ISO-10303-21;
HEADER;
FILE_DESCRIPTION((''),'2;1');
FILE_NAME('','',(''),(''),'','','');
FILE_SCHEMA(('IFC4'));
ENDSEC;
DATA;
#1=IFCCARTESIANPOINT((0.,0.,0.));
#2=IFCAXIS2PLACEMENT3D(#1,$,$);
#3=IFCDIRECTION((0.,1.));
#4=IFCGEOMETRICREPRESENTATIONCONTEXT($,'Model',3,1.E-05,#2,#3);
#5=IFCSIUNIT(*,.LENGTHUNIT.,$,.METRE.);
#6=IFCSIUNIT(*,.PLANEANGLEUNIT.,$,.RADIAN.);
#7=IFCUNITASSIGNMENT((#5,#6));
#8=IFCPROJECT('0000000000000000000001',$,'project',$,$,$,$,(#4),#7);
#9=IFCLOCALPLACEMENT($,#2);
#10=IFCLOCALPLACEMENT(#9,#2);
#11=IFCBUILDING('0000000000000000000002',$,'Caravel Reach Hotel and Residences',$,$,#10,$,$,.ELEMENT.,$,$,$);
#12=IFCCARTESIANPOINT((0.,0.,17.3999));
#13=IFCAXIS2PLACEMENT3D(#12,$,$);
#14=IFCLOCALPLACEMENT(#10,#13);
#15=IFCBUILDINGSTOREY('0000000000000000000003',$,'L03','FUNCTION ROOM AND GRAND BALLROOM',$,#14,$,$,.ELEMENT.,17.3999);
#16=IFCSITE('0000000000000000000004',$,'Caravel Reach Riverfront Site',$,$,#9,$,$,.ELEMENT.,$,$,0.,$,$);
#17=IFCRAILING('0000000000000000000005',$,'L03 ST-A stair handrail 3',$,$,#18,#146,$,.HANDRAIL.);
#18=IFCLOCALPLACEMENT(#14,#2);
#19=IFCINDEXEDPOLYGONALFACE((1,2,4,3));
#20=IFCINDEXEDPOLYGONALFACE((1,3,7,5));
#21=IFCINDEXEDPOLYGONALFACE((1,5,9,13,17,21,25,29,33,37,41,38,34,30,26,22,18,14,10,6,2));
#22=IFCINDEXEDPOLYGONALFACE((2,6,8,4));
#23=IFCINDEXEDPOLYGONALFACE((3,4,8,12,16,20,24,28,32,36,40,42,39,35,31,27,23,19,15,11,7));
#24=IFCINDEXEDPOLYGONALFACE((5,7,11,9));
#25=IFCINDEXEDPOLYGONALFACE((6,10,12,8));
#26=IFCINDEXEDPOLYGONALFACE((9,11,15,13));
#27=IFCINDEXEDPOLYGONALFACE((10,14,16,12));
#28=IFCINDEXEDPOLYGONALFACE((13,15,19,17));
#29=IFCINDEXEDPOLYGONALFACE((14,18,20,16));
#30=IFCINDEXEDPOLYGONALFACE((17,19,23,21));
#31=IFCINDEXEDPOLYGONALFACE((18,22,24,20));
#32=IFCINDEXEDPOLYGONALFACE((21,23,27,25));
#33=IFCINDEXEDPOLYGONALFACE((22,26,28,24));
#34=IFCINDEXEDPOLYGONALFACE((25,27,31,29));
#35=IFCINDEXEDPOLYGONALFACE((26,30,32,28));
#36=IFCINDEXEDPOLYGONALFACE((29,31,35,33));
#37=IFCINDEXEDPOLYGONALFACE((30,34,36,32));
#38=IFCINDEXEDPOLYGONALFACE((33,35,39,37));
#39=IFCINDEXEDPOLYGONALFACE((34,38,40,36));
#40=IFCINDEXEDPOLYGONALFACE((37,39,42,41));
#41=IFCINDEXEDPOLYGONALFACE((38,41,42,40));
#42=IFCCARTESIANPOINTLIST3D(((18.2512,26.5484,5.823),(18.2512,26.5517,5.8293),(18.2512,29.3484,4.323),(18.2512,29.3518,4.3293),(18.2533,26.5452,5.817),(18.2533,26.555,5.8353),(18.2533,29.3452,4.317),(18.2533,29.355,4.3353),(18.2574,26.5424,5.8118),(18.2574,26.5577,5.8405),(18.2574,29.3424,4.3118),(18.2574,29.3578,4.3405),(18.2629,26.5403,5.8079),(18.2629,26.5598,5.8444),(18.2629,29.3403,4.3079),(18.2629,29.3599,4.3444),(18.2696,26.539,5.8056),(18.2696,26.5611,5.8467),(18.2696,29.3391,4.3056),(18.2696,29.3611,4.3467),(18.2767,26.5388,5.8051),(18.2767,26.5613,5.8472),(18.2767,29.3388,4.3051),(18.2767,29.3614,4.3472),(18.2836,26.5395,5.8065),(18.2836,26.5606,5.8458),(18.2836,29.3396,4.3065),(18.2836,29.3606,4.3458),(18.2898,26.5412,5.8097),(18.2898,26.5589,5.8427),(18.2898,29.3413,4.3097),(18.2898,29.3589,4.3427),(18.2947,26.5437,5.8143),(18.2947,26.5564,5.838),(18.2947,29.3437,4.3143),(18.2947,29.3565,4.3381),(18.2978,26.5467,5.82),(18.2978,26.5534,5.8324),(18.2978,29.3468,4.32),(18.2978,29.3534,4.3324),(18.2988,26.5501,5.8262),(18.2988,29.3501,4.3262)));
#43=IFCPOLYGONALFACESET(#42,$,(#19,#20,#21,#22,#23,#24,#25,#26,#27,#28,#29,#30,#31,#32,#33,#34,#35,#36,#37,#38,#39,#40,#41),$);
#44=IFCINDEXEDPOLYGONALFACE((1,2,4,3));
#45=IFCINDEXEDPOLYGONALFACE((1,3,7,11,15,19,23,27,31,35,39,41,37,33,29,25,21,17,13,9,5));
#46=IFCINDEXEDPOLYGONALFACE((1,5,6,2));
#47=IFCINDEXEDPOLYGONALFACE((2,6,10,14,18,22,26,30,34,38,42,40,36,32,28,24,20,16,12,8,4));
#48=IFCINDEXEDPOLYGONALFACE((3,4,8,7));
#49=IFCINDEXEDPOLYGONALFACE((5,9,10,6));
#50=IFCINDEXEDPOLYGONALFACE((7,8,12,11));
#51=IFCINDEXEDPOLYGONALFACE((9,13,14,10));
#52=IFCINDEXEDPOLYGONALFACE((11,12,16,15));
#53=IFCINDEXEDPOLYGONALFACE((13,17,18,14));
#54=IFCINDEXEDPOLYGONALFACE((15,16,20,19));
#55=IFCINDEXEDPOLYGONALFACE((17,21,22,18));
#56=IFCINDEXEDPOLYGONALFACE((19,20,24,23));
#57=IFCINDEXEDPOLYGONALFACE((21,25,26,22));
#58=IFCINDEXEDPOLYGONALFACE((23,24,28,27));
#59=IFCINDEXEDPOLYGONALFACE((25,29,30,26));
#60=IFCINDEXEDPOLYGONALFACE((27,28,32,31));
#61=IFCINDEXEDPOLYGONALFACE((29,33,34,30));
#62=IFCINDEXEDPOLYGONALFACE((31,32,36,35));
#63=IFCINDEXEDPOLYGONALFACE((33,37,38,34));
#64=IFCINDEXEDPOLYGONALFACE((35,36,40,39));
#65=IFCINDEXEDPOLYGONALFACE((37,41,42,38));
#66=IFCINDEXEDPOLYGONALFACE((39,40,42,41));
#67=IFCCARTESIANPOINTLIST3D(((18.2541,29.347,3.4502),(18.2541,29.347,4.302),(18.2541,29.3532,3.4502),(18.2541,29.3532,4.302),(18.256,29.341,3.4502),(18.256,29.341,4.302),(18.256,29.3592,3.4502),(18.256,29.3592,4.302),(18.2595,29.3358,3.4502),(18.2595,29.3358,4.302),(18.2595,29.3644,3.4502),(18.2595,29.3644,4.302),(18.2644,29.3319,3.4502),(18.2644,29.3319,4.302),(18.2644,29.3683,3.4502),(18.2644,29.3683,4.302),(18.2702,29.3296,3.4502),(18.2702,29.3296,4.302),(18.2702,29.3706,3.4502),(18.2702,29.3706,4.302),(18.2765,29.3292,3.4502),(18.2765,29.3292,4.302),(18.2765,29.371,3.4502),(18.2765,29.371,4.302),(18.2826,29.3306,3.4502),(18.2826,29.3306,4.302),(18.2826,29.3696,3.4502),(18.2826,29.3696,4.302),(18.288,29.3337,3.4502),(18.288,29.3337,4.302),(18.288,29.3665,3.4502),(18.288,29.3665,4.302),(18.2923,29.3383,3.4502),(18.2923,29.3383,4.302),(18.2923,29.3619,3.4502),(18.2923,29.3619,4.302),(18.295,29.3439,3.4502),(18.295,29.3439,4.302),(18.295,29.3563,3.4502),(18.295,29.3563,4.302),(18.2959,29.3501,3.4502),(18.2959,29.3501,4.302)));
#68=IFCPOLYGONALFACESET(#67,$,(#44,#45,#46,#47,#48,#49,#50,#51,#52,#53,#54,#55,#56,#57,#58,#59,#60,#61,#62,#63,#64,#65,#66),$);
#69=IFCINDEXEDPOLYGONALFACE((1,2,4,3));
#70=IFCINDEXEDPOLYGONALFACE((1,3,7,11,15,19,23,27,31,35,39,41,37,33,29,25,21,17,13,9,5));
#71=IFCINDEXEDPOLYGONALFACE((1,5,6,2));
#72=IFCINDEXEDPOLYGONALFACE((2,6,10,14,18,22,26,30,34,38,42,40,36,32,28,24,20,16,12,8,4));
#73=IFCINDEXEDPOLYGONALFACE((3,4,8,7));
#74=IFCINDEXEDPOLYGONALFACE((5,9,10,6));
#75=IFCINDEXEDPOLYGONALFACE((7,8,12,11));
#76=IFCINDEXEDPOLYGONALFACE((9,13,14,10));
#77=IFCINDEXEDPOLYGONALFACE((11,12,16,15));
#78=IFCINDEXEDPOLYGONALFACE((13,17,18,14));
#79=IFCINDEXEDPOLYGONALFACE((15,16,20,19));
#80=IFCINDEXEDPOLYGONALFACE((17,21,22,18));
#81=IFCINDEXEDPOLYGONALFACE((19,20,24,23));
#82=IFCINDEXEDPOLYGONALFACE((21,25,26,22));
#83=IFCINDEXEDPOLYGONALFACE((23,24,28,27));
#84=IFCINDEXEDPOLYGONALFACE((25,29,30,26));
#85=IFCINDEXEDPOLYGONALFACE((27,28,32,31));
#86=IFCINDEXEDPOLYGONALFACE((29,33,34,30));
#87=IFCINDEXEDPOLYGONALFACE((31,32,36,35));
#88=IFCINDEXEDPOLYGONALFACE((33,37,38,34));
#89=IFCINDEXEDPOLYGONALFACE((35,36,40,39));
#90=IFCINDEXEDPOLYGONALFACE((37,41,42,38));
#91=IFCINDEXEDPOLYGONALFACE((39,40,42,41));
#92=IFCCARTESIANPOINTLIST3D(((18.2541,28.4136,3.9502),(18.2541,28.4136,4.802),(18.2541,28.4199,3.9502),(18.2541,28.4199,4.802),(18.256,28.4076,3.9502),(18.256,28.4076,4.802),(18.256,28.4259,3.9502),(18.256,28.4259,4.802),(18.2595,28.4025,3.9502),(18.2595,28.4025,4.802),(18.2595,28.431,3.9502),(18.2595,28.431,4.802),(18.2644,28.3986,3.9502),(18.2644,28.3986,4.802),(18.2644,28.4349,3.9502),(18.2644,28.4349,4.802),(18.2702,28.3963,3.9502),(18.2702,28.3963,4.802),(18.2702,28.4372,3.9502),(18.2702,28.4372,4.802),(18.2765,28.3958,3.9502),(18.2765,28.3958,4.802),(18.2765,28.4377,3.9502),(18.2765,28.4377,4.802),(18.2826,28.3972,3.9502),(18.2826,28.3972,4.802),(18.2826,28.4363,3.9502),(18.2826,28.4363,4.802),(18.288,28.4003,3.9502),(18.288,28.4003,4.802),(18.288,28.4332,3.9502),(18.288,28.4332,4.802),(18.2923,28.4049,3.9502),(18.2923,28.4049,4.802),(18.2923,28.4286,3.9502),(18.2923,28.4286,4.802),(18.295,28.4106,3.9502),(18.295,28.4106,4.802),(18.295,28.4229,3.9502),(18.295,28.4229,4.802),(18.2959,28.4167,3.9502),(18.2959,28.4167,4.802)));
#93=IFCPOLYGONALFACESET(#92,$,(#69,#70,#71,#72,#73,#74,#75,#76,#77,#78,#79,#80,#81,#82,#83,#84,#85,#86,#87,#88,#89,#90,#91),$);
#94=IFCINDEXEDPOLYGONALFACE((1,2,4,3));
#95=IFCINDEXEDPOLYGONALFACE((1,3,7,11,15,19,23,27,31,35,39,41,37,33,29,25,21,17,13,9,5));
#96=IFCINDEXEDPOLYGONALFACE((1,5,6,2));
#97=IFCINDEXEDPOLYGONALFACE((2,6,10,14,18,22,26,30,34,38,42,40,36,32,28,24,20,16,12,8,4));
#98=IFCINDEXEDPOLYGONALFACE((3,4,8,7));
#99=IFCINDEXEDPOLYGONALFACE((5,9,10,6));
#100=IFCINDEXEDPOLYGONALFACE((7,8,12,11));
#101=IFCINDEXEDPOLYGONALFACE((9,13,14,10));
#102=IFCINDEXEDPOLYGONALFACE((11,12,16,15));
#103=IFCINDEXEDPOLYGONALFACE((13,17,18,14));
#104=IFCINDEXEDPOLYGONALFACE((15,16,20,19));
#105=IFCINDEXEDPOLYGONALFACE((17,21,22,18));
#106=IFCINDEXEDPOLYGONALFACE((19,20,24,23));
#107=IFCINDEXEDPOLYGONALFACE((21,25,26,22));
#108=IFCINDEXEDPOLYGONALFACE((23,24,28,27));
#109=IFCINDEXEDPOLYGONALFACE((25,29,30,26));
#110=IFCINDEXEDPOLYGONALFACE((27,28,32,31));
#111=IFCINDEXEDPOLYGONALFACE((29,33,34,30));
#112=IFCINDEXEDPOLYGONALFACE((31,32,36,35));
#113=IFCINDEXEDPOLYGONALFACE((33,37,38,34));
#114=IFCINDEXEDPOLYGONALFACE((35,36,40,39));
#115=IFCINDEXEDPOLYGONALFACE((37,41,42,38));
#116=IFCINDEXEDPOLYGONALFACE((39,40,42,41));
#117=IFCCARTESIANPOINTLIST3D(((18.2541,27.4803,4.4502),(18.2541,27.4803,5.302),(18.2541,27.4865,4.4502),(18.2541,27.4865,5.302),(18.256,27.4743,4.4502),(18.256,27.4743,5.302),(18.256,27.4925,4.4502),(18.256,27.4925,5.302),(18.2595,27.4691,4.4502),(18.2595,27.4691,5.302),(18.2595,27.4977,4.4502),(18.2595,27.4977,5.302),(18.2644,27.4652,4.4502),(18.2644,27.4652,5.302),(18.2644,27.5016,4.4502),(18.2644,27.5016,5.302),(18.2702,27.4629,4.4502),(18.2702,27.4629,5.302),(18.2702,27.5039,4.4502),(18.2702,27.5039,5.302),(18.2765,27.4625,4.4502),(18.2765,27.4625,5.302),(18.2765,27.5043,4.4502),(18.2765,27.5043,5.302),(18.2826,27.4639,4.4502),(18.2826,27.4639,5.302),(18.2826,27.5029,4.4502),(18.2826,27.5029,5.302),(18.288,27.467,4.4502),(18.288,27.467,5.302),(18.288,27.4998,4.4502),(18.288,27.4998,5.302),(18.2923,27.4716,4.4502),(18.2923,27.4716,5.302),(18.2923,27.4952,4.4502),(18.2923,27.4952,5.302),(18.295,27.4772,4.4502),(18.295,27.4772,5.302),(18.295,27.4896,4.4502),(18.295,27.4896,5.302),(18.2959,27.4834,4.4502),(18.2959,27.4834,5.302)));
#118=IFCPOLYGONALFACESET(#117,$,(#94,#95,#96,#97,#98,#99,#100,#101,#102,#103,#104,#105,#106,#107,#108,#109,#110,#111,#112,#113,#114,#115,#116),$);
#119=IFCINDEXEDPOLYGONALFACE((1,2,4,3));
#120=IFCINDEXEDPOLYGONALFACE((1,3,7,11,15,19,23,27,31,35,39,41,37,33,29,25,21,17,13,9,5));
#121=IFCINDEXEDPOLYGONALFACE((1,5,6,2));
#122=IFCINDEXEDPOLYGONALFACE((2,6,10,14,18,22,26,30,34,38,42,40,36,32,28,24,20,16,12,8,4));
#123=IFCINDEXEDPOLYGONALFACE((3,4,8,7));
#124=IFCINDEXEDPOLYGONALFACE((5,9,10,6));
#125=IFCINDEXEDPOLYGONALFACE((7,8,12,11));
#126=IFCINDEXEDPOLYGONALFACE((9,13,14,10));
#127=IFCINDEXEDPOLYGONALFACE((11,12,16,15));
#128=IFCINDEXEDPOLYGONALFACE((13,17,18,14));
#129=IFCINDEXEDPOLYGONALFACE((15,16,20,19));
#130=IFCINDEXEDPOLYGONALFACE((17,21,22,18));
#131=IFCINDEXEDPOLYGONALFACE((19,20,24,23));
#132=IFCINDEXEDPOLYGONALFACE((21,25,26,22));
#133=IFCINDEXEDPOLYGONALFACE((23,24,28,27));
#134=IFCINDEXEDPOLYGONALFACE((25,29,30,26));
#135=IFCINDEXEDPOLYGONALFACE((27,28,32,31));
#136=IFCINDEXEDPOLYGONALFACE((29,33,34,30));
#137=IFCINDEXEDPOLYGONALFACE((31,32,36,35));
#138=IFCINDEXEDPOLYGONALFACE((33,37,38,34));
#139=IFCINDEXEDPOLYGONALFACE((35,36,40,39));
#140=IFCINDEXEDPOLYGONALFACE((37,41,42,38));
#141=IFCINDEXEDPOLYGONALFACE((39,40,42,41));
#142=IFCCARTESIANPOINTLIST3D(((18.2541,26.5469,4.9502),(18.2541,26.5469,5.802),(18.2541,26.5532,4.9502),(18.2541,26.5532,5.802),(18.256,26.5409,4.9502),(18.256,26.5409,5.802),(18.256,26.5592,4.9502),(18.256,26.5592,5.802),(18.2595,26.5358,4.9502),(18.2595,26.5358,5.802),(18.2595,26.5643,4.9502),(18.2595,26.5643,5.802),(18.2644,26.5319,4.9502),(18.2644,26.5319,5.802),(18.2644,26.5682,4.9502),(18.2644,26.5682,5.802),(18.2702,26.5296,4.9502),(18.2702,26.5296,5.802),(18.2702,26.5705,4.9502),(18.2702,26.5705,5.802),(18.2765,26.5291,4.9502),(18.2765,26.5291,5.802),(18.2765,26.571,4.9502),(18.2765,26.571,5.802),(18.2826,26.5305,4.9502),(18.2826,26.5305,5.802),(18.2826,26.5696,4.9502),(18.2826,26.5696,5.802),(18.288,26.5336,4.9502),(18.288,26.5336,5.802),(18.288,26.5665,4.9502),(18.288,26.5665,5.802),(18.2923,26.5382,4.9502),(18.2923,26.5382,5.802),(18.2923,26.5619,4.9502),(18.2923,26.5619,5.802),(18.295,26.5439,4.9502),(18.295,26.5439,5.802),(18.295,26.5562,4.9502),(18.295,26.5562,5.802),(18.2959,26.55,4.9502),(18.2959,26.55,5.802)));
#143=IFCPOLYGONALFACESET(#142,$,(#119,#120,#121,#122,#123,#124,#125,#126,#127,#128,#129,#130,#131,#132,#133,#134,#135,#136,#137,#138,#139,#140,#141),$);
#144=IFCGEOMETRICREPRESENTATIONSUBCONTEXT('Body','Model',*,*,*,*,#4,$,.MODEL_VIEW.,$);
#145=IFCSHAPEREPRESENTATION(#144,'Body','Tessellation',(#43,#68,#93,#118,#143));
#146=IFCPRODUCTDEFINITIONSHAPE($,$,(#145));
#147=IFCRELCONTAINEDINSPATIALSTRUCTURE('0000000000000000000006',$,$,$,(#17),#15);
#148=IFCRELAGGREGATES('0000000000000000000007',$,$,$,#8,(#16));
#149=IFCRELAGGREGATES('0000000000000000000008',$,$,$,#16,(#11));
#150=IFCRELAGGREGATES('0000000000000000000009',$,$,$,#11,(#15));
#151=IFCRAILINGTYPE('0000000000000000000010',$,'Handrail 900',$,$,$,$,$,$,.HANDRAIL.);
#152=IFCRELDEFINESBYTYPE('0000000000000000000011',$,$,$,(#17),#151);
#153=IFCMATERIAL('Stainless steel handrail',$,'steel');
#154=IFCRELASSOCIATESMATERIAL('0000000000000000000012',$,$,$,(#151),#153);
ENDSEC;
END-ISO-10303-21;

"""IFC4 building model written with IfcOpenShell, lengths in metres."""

from ifc_helpers import new_model, si_unit, direction, frame, origin, origin_2d, place, context, subcontext, project, spatial, circle, extrude, material, type_object, element, save


model = new_model("IFC4")

# Units and contexts
model_context = context("Model", 3, precision=1e-05, world=origin(), true_north=direction((0.0, 1.0)))
body_context = subcontext(model_context, "Body", "Model", "MODEL_VIEW")
ifc_project = project(units=[si_unit("LENGTHUNIT", "METRE"), si_unit("PLANEANGLEUNIT", "RADIAN")], contexts=[model_context])

# Site, building, storey
site_placement = place(None, origin())
site = spatial("IfcSite", under=ifc_project, at=site_placement, Name="Caravel Reach Riverfront Site", CompositionType="ELEMENT", RefElevation=0.0)
building_placement = place(site_placement, origin())
building = spatial("IfcBuilding", under=site, at=building_placement, Name="Caravel Reach Hotel and Residences", CompositionType="ELEMENT")
storey_placement = place(building_placement, frame((0.0, 0.0, 17.3999)))
storey = spatial("IfcBuildingStorey", under=building, at=storey_placement, Name="L03", Description="FUNCTION ROOM AND GRAND BALLROOM", CompositionType="ELEMENT", Elevation=17.3999)

# Railing
ifc_material_1 = material(Name="Stainless steel handrail", Category="steel")
railing_type_1 = type_object("IfcRailingType", Name="Handrail 900", PredefinedType="HANDRAIL", material=ifc_material_1)
railing_1_placement = place(storey_placement, frame((18.2749, 29.3501, 3.4502)))
element("IfcRailing", 1, at=railing_1_placement, inside=storey, type_object=railing_type_1, Name="L03 ST-A stair handrail 3", PredefinedType="HANDRAIL", context=body_context, shape_type="SweptSolid", body=[
    extrude(circle(Radius=0.0239, at=origin_2d()), frame((0.0, 0.0, 0.876), z_axis=(0.0, -0.881483, 0.472215), x_axis=(1.0, 0.0, 0.0)), (0.0, 0.0, 1.0), 3.1765),
    extrude(circle(Radius=0.021, at=origin_2d()), origin(), (0.0, 0.0, 1.0), 0.8518),
    extrude(circle(Radius=0.021, at=origin_2d()), frame((0.0, -0.9333, 0.5)), (0.0, 0.0, 1.0), 0.8518),
    extrude(circle(Radius=0.021, at=origin_2d()), frame((0.0, -1.8667, 1.0)), (0.0, 0.0, 1.0), 0.8518),
    extrude(circle(Radius=0.021, at=origin_2d()), frame((0.0, -2.8, 1.5)), (0.0, 0.0, 1.0), 0.8518),
])

save(model, "model.ifc")
